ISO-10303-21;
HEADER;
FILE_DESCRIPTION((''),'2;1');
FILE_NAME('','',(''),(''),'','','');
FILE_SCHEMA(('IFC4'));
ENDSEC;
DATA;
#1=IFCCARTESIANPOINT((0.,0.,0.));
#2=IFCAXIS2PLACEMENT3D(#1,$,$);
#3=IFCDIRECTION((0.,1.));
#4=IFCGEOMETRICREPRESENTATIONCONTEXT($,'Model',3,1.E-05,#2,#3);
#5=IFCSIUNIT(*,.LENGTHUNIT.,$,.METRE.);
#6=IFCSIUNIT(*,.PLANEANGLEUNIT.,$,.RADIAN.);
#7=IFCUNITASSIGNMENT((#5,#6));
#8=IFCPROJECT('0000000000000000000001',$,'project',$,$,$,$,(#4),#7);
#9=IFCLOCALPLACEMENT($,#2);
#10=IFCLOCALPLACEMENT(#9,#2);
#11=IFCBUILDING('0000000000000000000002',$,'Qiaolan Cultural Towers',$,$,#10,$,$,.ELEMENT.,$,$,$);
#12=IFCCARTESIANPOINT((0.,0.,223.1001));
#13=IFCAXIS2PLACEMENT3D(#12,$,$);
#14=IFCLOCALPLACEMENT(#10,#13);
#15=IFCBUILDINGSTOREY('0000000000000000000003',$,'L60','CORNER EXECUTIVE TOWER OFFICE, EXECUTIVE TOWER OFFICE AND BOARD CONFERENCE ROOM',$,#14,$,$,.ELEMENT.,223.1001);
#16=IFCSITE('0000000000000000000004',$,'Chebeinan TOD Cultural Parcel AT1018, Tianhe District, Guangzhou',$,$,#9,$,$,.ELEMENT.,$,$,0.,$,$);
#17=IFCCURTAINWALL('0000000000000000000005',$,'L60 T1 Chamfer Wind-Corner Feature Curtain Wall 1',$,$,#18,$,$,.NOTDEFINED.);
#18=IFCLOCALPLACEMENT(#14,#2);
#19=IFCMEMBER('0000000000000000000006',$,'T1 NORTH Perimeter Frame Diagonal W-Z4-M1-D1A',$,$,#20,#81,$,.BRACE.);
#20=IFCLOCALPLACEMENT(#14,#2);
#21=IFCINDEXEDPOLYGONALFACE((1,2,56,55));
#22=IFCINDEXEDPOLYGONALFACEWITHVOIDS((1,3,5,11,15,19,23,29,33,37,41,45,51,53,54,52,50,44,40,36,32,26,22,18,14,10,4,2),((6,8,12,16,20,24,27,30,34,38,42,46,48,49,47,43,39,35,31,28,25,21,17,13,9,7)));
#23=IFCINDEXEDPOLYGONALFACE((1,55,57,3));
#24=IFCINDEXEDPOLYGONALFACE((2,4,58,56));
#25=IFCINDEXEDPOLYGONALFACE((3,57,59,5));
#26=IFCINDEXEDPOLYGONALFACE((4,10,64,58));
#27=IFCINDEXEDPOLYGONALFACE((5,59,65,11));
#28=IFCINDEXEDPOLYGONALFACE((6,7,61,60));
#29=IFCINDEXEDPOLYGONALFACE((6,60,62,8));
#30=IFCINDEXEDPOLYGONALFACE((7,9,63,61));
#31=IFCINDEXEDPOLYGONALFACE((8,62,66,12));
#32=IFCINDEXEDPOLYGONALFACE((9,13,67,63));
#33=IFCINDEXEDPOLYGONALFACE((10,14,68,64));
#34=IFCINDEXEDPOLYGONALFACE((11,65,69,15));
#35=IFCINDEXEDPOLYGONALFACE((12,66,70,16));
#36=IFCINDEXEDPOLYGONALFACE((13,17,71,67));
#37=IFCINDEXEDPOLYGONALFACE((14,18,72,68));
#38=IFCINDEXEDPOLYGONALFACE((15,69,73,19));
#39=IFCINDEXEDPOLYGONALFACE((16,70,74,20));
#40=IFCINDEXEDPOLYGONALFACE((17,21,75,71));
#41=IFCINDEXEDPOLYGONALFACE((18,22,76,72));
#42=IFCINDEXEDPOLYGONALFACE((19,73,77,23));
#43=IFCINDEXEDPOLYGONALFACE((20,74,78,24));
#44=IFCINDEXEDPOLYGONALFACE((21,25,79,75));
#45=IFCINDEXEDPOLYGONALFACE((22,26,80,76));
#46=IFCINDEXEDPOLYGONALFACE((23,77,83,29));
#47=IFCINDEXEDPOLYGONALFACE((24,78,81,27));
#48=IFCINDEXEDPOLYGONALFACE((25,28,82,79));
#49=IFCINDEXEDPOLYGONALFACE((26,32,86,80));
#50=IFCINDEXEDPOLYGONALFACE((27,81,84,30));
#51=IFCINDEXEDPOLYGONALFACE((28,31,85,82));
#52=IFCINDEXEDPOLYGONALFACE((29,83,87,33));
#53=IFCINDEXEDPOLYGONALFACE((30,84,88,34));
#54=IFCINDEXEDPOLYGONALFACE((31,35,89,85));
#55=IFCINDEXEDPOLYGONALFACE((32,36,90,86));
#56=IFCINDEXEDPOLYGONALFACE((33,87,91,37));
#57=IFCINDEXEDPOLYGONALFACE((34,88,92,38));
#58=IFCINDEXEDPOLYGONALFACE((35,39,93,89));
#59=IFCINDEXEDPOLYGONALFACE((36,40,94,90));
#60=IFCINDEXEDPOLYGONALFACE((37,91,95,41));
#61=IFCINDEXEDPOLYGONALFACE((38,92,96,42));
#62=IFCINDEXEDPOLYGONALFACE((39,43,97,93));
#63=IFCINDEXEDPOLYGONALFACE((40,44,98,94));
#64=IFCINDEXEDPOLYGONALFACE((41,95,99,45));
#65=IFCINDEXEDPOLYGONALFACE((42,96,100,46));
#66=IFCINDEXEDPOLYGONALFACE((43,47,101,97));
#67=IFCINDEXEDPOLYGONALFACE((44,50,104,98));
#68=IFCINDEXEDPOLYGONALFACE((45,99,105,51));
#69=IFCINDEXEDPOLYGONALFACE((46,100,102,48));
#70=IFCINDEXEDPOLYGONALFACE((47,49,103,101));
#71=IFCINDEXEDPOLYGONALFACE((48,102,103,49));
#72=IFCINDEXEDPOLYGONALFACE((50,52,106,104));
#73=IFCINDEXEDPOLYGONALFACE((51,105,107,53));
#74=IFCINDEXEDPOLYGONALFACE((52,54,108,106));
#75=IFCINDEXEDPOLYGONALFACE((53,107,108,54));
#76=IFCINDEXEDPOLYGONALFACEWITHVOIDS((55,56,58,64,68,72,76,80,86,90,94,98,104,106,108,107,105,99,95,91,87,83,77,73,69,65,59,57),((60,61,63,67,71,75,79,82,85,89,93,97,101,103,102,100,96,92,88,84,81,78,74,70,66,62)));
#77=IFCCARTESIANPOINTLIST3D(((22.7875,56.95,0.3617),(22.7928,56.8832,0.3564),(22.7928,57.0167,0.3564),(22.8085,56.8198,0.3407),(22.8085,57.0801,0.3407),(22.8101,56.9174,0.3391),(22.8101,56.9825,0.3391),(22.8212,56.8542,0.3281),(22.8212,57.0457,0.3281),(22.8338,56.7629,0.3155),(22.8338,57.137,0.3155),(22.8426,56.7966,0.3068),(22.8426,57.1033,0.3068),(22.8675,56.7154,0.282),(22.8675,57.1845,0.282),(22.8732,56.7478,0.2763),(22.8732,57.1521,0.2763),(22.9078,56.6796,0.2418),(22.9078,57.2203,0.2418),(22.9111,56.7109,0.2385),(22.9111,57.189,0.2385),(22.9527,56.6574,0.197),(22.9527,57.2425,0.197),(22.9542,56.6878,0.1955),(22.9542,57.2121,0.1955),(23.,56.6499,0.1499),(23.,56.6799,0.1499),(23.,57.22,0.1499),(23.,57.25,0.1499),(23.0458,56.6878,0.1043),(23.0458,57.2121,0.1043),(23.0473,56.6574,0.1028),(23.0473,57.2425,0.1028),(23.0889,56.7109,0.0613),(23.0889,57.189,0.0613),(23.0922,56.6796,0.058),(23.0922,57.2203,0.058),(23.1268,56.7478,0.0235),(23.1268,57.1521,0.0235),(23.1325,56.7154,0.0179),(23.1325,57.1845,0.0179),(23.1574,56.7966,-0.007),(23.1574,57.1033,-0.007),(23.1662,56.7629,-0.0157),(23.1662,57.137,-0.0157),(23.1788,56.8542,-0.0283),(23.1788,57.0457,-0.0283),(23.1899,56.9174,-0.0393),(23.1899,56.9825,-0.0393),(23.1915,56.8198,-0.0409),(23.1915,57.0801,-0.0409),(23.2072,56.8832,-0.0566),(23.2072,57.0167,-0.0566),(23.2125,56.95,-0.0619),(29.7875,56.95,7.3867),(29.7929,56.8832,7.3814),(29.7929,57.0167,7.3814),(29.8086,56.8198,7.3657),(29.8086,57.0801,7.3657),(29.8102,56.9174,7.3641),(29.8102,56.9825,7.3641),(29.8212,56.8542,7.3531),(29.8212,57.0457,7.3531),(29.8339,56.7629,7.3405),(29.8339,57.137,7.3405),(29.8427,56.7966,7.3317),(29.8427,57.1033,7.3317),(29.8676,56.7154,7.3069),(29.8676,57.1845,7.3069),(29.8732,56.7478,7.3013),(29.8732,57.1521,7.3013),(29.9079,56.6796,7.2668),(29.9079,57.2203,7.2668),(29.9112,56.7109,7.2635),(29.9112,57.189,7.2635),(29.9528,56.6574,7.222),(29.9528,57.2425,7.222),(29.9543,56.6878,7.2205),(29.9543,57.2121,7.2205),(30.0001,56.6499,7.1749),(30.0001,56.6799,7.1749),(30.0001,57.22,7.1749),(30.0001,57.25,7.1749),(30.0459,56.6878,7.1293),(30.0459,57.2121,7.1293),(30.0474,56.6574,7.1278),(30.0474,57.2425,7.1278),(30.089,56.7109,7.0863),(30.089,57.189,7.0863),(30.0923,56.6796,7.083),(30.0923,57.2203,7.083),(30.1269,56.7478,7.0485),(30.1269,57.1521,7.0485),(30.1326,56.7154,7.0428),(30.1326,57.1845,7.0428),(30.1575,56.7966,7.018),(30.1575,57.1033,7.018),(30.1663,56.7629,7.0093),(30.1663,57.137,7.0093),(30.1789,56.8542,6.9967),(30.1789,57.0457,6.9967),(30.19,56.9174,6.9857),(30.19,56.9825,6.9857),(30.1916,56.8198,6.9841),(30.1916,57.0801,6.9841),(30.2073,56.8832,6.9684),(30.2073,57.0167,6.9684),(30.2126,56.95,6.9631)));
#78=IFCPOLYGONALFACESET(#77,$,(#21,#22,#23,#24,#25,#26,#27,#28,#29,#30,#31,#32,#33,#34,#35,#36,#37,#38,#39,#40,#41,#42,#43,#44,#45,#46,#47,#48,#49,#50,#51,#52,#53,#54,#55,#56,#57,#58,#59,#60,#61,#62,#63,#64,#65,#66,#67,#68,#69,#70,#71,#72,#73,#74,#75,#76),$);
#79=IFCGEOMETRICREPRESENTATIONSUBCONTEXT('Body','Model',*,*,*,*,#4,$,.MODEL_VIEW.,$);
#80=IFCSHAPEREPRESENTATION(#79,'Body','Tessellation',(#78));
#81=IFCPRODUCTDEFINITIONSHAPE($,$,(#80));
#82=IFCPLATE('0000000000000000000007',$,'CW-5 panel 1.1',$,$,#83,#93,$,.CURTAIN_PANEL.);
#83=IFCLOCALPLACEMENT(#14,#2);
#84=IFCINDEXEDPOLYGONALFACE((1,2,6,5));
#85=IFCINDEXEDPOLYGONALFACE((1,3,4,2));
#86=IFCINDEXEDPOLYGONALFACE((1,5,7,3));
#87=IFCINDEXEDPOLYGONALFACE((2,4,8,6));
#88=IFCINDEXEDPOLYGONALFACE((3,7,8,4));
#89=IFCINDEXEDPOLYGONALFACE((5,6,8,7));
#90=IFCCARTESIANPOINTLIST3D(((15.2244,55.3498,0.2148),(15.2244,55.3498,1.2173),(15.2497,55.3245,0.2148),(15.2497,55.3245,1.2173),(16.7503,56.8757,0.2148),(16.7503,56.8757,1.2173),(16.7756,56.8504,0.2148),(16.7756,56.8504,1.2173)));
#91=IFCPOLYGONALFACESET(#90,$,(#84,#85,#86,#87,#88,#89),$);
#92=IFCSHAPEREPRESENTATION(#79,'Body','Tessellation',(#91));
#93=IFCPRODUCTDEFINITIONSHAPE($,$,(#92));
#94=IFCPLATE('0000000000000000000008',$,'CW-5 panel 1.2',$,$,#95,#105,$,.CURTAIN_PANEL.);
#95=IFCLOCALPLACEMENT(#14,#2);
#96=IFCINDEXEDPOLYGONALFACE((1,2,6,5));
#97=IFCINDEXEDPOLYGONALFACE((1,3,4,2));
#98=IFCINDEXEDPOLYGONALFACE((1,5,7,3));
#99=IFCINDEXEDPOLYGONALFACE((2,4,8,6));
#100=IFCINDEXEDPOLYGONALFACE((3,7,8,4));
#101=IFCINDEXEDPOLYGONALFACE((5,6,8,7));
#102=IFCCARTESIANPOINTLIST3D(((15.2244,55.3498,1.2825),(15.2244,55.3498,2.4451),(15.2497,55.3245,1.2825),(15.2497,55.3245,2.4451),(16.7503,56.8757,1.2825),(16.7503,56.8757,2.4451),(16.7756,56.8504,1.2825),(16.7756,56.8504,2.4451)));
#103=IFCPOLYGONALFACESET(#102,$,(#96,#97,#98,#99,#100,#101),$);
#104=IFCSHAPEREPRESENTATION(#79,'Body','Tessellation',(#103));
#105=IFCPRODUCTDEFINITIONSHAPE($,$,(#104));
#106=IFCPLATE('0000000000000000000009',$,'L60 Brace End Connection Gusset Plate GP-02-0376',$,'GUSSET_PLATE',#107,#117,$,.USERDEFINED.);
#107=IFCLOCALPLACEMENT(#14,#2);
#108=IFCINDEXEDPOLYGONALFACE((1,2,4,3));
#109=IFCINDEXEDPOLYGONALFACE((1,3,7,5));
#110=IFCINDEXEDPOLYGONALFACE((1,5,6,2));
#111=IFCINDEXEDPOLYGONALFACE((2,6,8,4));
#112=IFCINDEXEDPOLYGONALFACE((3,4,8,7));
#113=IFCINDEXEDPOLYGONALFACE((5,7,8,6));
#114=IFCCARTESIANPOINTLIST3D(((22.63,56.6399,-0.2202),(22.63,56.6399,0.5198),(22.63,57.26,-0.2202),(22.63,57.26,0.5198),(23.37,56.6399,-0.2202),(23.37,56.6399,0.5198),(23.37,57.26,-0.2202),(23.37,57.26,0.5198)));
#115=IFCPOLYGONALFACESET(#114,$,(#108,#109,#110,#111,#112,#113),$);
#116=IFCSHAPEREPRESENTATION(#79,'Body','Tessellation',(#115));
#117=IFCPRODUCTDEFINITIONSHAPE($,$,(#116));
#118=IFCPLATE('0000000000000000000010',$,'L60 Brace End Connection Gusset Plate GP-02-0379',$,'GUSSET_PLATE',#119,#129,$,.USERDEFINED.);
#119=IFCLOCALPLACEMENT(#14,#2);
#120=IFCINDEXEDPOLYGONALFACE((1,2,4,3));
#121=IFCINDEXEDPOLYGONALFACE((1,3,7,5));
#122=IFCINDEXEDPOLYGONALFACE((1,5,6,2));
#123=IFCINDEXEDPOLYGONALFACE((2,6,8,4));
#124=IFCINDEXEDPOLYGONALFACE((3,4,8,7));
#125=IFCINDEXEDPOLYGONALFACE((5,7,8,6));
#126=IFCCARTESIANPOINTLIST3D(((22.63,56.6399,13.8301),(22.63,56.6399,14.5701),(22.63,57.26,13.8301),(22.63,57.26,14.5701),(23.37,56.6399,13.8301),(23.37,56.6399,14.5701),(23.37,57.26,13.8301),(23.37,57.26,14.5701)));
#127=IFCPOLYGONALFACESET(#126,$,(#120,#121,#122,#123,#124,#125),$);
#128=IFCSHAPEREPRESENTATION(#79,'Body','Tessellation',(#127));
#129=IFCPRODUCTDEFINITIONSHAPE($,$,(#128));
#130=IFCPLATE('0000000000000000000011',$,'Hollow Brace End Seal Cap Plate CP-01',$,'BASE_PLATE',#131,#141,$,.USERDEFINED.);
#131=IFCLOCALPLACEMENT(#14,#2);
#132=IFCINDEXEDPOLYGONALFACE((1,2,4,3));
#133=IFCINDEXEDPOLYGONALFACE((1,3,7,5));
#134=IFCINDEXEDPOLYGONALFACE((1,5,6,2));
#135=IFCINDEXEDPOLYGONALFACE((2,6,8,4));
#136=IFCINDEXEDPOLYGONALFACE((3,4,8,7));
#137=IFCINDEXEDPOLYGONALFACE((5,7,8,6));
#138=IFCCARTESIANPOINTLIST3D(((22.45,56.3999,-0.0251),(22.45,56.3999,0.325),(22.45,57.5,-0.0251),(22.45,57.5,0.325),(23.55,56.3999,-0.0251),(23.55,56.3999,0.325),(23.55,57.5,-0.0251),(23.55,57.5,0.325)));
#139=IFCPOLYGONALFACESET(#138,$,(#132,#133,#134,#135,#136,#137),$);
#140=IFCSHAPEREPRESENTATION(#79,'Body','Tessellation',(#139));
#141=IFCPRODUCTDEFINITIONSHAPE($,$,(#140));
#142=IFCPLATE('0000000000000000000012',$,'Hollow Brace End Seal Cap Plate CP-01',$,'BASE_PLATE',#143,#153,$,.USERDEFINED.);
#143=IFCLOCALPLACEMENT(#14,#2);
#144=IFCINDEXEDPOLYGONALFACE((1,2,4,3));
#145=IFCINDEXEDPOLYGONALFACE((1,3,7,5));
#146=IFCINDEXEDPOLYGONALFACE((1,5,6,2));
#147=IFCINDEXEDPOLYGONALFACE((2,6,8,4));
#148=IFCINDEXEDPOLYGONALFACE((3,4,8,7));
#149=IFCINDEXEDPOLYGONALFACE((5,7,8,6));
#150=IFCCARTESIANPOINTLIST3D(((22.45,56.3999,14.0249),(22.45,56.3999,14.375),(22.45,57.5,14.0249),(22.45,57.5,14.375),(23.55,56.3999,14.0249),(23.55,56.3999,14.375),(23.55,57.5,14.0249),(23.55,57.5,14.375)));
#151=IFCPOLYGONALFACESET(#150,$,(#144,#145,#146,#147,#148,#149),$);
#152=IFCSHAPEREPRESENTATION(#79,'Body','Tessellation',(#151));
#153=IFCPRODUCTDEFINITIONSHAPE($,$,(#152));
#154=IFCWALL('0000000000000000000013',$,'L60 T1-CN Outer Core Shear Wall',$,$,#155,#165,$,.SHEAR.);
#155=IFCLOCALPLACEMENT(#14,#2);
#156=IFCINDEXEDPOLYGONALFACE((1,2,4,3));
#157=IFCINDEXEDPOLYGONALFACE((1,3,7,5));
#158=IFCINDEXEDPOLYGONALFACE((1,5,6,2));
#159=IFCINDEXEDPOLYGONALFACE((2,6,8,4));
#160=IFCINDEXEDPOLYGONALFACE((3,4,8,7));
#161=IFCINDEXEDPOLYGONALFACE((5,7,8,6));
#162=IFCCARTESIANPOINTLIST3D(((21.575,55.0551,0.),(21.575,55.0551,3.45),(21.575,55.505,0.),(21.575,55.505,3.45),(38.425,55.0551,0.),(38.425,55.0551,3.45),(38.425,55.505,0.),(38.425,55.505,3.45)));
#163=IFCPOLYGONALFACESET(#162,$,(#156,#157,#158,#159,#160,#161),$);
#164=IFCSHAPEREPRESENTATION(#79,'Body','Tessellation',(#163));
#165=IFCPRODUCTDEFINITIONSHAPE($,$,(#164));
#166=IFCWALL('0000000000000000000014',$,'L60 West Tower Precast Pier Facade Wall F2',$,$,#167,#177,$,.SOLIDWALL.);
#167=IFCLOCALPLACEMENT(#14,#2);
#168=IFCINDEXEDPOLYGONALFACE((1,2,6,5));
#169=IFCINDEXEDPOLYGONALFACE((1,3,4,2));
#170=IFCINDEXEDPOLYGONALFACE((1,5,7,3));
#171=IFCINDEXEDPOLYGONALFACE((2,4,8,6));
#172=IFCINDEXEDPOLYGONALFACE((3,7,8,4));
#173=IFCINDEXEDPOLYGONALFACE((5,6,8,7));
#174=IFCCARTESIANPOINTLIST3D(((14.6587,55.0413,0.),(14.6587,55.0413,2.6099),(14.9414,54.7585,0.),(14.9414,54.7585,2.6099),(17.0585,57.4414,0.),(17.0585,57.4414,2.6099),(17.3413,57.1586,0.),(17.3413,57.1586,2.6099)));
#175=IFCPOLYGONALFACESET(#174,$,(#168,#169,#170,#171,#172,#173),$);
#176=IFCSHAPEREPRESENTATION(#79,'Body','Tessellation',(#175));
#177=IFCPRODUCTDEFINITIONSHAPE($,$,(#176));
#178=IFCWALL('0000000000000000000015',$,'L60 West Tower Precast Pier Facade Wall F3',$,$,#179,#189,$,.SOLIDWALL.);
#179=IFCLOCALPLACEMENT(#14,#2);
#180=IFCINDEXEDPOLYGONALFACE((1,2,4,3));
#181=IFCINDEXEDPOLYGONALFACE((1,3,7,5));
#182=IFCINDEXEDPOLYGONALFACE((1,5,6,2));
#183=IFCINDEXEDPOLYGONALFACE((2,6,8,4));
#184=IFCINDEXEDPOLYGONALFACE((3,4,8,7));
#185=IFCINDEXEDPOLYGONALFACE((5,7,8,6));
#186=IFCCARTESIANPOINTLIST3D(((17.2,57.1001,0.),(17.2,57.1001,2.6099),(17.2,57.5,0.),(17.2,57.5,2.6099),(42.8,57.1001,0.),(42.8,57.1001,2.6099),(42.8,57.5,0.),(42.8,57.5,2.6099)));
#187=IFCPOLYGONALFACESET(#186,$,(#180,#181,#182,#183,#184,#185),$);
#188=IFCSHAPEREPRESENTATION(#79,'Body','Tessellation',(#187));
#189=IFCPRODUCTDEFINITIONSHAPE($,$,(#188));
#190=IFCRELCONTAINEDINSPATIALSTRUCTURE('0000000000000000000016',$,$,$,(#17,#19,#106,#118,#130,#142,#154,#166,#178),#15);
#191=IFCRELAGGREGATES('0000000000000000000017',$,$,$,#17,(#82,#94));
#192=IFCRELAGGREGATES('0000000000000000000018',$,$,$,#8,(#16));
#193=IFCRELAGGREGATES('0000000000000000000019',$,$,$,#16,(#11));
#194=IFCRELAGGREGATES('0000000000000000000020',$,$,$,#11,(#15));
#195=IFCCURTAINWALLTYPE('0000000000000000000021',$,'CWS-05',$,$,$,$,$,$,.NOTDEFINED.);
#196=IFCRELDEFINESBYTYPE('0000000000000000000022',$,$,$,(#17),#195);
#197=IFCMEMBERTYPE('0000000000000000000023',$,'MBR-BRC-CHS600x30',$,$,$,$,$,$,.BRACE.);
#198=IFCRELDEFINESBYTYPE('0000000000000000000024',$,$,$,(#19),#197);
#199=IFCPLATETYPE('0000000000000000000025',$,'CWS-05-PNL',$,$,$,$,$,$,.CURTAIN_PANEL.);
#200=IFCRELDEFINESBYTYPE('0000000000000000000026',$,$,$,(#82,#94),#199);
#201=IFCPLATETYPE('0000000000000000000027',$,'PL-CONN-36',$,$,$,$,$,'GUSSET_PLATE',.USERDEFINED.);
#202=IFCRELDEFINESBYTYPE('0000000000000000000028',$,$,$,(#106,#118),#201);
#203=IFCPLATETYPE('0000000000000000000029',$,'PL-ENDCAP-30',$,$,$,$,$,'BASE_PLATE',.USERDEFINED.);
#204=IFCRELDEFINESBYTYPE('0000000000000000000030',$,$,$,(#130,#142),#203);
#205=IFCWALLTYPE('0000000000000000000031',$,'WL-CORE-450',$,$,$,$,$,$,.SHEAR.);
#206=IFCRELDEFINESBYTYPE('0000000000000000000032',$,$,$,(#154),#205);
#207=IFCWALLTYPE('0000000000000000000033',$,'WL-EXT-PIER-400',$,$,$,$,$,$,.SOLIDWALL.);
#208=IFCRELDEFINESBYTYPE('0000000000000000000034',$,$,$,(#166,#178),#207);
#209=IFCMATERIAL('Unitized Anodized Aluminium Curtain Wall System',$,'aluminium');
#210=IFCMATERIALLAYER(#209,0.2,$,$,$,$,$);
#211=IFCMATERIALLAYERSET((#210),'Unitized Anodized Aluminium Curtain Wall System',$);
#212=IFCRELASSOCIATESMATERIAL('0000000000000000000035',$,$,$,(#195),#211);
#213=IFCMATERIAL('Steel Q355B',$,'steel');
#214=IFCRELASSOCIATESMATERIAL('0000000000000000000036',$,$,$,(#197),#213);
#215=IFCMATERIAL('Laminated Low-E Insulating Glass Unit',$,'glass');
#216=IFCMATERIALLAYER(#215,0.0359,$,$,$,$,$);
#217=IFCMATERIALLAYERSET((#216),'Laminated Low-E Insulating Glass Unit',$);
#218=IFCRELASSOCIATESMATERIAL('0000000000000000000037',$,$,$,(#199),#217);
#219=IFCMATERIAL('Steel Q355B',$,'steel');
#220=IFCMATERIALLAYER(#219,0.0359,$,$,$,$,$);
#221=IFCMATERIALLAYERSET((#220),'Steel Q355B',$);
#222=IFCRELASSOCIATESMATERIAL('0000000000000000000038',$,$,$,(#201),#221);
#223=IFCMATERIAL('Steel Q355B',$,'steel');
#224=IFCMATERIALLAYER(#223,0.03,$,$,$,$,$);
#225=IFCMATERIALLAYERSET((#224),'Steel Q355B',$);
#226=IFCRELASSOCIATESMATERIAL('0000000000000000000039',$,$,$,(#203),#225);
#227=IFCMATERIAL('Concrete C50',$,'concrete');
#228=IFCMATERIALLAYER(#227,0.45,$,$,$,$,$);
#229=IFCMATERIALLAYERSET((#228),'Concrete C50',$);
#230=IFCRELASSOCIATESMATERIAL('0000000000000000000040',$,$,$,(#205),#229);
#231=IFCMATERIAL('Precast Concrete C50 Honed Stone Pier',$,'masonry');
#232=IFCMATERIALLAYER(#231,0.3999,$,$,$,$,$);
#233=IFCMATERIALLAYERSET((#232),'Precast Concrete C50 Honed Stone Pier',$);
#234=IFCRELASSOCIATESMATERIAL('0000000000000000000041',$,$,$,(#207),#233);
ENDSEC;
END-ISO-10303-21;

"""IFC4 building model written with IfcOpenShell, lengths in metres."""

from ifc_helpers import new_model, si_unit, direction, frame, frame_2d, origin, origin_2d, place, context, subcontext, project, spatial, rectangle, hollow_circle, extrude, material, layer, layer_set, material_profile, profile_set, type_object, element, aggregate, save


model = new_model("IFC4")

# Units and contexts
model_context = context("Model", 3, precision=1e-05, world=origin(), true_north=direction((0.0, 1.0)))
body_context = subcontext(model_context, "Body", "Model", "MODEL_VIEW")
ifc_project = project(units=[si_unit("LENGTHUNIT", "METRE"), si_unit("PLANEANGLEUNIT", "RADIAN")], contexts=[model_context])

# Site, building, storey
site_placement = place(None, origin())
site = spatial("IfcSite", under=ifc_project, at=site_placement, Name="Chebeinan TOD Cultural Parcel AT1018, Tianhe District, Guangzhou", CompositionType="ELEMENT", RefElevation=0.0)
building_placement = place(site_placement, origin())
building = spatial("IfcBuilding", under=site, at=building_placement, Name="Qiaolan Cultural Towers", CompositionType="ELEMENT")
storey_placement = place(building_placement, frame((0.0, 0.0, 223.1001)))
storey = spatial("IfcBuildingStorey", under=building, at=storey_placement, Name="L60", Description="CORNER EXECUTIVE TOWER OFFICE, EXECUTIVE TOWER OFFICE AND BOARD CONFERENCE ROOM", CompositionType="ELEMENT", Elevation=223.1001)

# Curtain wall
ifc_material_1 = material(Name="Unitized Anodized Aluminium Curtain Wall System", Category="aluminium")
ifc_layer_1 = layer(ifc_material_1, 0.2)
ifc_layer_set_1 = layer_set([ifc_layer_1], Name="Unitized Anodized Aluminium Curtain Wall System")
curtain_wall_type = type_object("IfcCurtainWallType", Name="CWS-05", PredefinedType="NOTDEFINED", material=ifc_layer_set_1)
curtain_wall_placement = place(storey_placement, origin())
curtain_wall = element("IfcCurtainWall", 1, at=curtain_wall_placement, inside=storey, type_object=curtain_wall_type, Name="L60 T1 Chamfer Wind-Corner Feature Curtain Wall 1", PredefinedType="NOTDEFINED")

# Member
ifc_material_2 = material(Name="Steel Q355B", Category="steel")
ifc_material_profile_1 = material_profile(ifc_material_2, hollow_circle(Radius=0.3, WallThickness=0.03, at=origin_2d()), Name="CHS600x30")
ifc_profile_set_1 = profile_set([ifc_material_profile_1], Name="Steel Q355B")
member_type_1 = type_object("IfcMemberType", Name="MBR-BRC-CHS600x30", PredefinedType="BRACE", material=ifc_profile_set_1)
member_1_placement = place(storey_placement, frame((23.0, 56.95, 0.1499), z_axis=(0.70585, 0.0, 0.708361), x_axis=(0.0, 1.0, 0.0)))
element("IfcMember", 2, at=member_1_placement, inside=storey, type_object=member_type_1, Name="T1 NORTH Perimeter Frame Diagonal W-Z4-M1-D1A", PredefinedType="BRACE", context=body_context, shape_type="SweptSolid", body=[
    extrude(hollow_circle(Radius=0.3, WallThickness=0.03, at=origin_2d()), origin(), (0.0, 0.0, 1.0), 9.9172),
])

# Plates
ifc_material_3 = material(Name="Laminated Low-E Insulating Glass Unit", Category="glass")
ifc_layer_2 = layer(ifc_material_3, 0.0359)
ifc_layer_set_2 = layer_set([ifc_layer_2], Name="Laminated Low-E Insulating Glass Unit")
plate_type_1 = type_object("IfcPlateType", Name="CWS-05-PNL", PredefinedType="CURTAIN_PANEL", material=ifc_layer_set_2)
plate_1_placement = place(storey_placement, frame((16.0, 56.1001, 0.2148), z_axis=(0.0, 0.0, 1.0), x_axis=(0.707107, 0.707107, 0.0)))
plate_1 = element("IfcPlate", 3, at=plate_1_placement, type_object=plate_type_1, Name="CW-5 panel 1.1", PredefinedType="CURTAIN_PANEL", context=body_context, shape_type="SweptSolid", body=[
    extrude(rectangle(XDim=2.158, YDim=0.0359, at=origin_2d()), origin(), (0.0, 0.0, 1.0), 1.0024),
])
plate_2_placement = place(storey_placement, frame((16.0, 56.1001, 1.2825), z_axis=(0.0, 0.0, 1.0), x_axis=(0.707107, 0.707107, 0.0)))
plate_2 = element("IfcPlate", 4, at=plate_2_placement, type_object=plate_type_1, Name="CW-5 panel 1.2", PredefinedType="CURTAIN_PANEL", context=body_context, shape_type="SweptSolid", body=[
    extrude(rectangle(XDim=2.158, YDim=0.0359, at=origin_2d()), origin(), (0.0, 0.0, 1.0), 1.1626),
])
aggregate(curtain_wall, [plate_1, plate_2])

# Plates
ifc_material_4 = material(Name="Steel Q355B", Category="steel")
ifc_layer_3 = layer(ifc_material_4, 0.0359)
ifc_layer_set_3 = layer_set([ifc_layer_3], Name="Steel Q355B")
plate_type_2 = type_object("IfcPlateType", Name="PL-CONN-36", ElementType="GUSSET_PLATE", PredefinedType="USERDEFINED", material=ifc_layer_set_3)
for number, where, z_axis, x_axis, name in (
    (5, (23.0, 56.95, -0.2202), (0.0, 0.0, 1.0), (1.0, 0.0, 0.0), "L60 Brace End Connection Gusset Plate GP-02-0376"),
    (6, (23.0, 56.95, 13.8301), (0.0, 0.0, 1.0), (1.0, 0.0, 0.0), "L60 Brace End Connection Gusset Plate GP-02-0379"),
):
    element("IfcPlate", number, at=place(storey_placement, frame(where, z_axis=z_axis, x_axis=x_axis)), inside=storey, type_object=plate_type_2, Name=name, ObjectType="GUSSET_PLATE", PredefinedType="USERDEFINED", context=body_context, shape_type="SweptSolid", body=[
        extrude(rectangle(XDim=0.74, YDim=0.6201, at=origin_2d()), origin(), (0.0, 0.0, 1.0), 0.74),
    ])
ifc_material_5 = material(Name="Steel Q355B", Category="steel")
ifc_layer_4 = layer(ifc_material_5, 0.03)
ifc_layer_set_4 = layer_set([ifc_layer_4], Name="Steel Q355B")
plate_type_3 = type_object("IfcPlateType", Name="PL-ENDCAP-30", ElementType="BASE_PLATE", PredefinedType="USERDEFINED", material=ifc_layer_set_4)
for number, where, z_axis, x_axis, name in (
    (7, (23.0, 56.95, -0.0251), (0.0, 0.0, 1.0), (1.0, 0.0, 0.0), "Hollow Brace End Seal Cap Plate CP-01"),
    (8, (23.0, 56.95, 14.0249), (0.0, 0.0, 1.0), (1.0, 0.0, 0.0), "Hollow Brace End Seal Cap Plate CP-01"),
):
    element("IfcPlate", number, at=place(storey_placement, frame(where, z_axis=z_axis, x_axis=x_axis)), inside=storey, type_object=plate_type_3, Name=name, ObjectType="BASE_PLATE", PredefinedType="USERDEFINED", context=body_context, shape_type="SweptSolid", body=[
        extrude(rectangle(XDim=1.1001, YDim=1.1001, at=origin_2d()), origin(), (0.0, 0.0, 1.0), 0.3501),
    ])

# Walls
ifc_material_6 = material(Name="Concrete C50", Category="concrete")
ifc_layer_5 = layer(ifc_material_6, 0.45)
ifc_layer_set_5 = layer_set([ifc_layer_5], Name="Concrete C50")
wall_type_1 = type_object("IfcWallType", Name="WL-CORE-450", PredefinedType="SHEAR", material=ifc_layer_set_5)
wall_1_placement = place(storey_placement, frame((21.575, 55.28, 0.0), z_axis=(0.0, 0.0, 1.0), x_axis=(1.0, 0.0, 0.0)))
element("IfcWall", 9, at=wall_1_placement, inside=storey, type_object=wall_type_1, Name="L60 T1-CN Outer Core Shear Wall", PredefinedType="SHEAR", context=body_context, shape_type="SweptSolid", body=[
    extrude(rectangle(XDim=16.8501, YDim=0.45, at=frame_2d((8.425, 0.0))), origin(), (0.0, 0.0, 1.0), 3.45),
])
ifc_material_7 = material(Name="Precast Concrete C50 Honed Stone Pier", Category="masonry")
ifc_layer_6 = layer(ifc_material_7, 0.3999)
ifc_layer_set_6 = layer_set([ifc_layer_6], Name="Precast Concrete C50 Honed Stone Pier")
wall_type_2 = type_object("IfcWallType", Name="WL-EXT-PIER-400", PredefinedType="SOLIDWALL", material=ifc_layer_set_6)
wall_2_placement = place(storey_placement, frame((14.8, 54.8999, 0.0), z_axis=(0.0, 0.0, 1.0), x_axis=(0.707071, 0.707143, 0.0)))
element("IfcWall", 10, at=wall_2_placement, inside=storey, type_object=wall_type_2, Name="L60 West Tower Precast Pier Facade Wall F2", PredefinedType="SOLIDWALL", context=body_context, shape_type="SweptSolid", body=[
    extrude(rectangle(XDim=3.394, YDim=0.3999, at=frame_2d((1.697, 0.0))), origin(), (0.0, 0.0, 1.0), 2.6099),
])
wall_3_placement = place(storey_placement, frame((17.2, 57.3, 0.0), z_axis=(0.0, 0.0, 1.0), x_axis=(1.0, 0.0, 0.0)))
element("IfcWall", 11, at=wall_3_placement, inside=storey, type_object=wall_type_2, Name="L60 West Tower Precast Pier Facade Wall F3", PredefinedType="SOLIDWALL", context=body_context, shape_type="SweptSolid", body=[
    extrude(rectangle(XDim=25.6001, YDim=0.3999, at=frame_2d((12.8, 0.0))), origin(), (0.0, 0.0, 1.0), 2.6099),
])

save(model, "model.ifc")
